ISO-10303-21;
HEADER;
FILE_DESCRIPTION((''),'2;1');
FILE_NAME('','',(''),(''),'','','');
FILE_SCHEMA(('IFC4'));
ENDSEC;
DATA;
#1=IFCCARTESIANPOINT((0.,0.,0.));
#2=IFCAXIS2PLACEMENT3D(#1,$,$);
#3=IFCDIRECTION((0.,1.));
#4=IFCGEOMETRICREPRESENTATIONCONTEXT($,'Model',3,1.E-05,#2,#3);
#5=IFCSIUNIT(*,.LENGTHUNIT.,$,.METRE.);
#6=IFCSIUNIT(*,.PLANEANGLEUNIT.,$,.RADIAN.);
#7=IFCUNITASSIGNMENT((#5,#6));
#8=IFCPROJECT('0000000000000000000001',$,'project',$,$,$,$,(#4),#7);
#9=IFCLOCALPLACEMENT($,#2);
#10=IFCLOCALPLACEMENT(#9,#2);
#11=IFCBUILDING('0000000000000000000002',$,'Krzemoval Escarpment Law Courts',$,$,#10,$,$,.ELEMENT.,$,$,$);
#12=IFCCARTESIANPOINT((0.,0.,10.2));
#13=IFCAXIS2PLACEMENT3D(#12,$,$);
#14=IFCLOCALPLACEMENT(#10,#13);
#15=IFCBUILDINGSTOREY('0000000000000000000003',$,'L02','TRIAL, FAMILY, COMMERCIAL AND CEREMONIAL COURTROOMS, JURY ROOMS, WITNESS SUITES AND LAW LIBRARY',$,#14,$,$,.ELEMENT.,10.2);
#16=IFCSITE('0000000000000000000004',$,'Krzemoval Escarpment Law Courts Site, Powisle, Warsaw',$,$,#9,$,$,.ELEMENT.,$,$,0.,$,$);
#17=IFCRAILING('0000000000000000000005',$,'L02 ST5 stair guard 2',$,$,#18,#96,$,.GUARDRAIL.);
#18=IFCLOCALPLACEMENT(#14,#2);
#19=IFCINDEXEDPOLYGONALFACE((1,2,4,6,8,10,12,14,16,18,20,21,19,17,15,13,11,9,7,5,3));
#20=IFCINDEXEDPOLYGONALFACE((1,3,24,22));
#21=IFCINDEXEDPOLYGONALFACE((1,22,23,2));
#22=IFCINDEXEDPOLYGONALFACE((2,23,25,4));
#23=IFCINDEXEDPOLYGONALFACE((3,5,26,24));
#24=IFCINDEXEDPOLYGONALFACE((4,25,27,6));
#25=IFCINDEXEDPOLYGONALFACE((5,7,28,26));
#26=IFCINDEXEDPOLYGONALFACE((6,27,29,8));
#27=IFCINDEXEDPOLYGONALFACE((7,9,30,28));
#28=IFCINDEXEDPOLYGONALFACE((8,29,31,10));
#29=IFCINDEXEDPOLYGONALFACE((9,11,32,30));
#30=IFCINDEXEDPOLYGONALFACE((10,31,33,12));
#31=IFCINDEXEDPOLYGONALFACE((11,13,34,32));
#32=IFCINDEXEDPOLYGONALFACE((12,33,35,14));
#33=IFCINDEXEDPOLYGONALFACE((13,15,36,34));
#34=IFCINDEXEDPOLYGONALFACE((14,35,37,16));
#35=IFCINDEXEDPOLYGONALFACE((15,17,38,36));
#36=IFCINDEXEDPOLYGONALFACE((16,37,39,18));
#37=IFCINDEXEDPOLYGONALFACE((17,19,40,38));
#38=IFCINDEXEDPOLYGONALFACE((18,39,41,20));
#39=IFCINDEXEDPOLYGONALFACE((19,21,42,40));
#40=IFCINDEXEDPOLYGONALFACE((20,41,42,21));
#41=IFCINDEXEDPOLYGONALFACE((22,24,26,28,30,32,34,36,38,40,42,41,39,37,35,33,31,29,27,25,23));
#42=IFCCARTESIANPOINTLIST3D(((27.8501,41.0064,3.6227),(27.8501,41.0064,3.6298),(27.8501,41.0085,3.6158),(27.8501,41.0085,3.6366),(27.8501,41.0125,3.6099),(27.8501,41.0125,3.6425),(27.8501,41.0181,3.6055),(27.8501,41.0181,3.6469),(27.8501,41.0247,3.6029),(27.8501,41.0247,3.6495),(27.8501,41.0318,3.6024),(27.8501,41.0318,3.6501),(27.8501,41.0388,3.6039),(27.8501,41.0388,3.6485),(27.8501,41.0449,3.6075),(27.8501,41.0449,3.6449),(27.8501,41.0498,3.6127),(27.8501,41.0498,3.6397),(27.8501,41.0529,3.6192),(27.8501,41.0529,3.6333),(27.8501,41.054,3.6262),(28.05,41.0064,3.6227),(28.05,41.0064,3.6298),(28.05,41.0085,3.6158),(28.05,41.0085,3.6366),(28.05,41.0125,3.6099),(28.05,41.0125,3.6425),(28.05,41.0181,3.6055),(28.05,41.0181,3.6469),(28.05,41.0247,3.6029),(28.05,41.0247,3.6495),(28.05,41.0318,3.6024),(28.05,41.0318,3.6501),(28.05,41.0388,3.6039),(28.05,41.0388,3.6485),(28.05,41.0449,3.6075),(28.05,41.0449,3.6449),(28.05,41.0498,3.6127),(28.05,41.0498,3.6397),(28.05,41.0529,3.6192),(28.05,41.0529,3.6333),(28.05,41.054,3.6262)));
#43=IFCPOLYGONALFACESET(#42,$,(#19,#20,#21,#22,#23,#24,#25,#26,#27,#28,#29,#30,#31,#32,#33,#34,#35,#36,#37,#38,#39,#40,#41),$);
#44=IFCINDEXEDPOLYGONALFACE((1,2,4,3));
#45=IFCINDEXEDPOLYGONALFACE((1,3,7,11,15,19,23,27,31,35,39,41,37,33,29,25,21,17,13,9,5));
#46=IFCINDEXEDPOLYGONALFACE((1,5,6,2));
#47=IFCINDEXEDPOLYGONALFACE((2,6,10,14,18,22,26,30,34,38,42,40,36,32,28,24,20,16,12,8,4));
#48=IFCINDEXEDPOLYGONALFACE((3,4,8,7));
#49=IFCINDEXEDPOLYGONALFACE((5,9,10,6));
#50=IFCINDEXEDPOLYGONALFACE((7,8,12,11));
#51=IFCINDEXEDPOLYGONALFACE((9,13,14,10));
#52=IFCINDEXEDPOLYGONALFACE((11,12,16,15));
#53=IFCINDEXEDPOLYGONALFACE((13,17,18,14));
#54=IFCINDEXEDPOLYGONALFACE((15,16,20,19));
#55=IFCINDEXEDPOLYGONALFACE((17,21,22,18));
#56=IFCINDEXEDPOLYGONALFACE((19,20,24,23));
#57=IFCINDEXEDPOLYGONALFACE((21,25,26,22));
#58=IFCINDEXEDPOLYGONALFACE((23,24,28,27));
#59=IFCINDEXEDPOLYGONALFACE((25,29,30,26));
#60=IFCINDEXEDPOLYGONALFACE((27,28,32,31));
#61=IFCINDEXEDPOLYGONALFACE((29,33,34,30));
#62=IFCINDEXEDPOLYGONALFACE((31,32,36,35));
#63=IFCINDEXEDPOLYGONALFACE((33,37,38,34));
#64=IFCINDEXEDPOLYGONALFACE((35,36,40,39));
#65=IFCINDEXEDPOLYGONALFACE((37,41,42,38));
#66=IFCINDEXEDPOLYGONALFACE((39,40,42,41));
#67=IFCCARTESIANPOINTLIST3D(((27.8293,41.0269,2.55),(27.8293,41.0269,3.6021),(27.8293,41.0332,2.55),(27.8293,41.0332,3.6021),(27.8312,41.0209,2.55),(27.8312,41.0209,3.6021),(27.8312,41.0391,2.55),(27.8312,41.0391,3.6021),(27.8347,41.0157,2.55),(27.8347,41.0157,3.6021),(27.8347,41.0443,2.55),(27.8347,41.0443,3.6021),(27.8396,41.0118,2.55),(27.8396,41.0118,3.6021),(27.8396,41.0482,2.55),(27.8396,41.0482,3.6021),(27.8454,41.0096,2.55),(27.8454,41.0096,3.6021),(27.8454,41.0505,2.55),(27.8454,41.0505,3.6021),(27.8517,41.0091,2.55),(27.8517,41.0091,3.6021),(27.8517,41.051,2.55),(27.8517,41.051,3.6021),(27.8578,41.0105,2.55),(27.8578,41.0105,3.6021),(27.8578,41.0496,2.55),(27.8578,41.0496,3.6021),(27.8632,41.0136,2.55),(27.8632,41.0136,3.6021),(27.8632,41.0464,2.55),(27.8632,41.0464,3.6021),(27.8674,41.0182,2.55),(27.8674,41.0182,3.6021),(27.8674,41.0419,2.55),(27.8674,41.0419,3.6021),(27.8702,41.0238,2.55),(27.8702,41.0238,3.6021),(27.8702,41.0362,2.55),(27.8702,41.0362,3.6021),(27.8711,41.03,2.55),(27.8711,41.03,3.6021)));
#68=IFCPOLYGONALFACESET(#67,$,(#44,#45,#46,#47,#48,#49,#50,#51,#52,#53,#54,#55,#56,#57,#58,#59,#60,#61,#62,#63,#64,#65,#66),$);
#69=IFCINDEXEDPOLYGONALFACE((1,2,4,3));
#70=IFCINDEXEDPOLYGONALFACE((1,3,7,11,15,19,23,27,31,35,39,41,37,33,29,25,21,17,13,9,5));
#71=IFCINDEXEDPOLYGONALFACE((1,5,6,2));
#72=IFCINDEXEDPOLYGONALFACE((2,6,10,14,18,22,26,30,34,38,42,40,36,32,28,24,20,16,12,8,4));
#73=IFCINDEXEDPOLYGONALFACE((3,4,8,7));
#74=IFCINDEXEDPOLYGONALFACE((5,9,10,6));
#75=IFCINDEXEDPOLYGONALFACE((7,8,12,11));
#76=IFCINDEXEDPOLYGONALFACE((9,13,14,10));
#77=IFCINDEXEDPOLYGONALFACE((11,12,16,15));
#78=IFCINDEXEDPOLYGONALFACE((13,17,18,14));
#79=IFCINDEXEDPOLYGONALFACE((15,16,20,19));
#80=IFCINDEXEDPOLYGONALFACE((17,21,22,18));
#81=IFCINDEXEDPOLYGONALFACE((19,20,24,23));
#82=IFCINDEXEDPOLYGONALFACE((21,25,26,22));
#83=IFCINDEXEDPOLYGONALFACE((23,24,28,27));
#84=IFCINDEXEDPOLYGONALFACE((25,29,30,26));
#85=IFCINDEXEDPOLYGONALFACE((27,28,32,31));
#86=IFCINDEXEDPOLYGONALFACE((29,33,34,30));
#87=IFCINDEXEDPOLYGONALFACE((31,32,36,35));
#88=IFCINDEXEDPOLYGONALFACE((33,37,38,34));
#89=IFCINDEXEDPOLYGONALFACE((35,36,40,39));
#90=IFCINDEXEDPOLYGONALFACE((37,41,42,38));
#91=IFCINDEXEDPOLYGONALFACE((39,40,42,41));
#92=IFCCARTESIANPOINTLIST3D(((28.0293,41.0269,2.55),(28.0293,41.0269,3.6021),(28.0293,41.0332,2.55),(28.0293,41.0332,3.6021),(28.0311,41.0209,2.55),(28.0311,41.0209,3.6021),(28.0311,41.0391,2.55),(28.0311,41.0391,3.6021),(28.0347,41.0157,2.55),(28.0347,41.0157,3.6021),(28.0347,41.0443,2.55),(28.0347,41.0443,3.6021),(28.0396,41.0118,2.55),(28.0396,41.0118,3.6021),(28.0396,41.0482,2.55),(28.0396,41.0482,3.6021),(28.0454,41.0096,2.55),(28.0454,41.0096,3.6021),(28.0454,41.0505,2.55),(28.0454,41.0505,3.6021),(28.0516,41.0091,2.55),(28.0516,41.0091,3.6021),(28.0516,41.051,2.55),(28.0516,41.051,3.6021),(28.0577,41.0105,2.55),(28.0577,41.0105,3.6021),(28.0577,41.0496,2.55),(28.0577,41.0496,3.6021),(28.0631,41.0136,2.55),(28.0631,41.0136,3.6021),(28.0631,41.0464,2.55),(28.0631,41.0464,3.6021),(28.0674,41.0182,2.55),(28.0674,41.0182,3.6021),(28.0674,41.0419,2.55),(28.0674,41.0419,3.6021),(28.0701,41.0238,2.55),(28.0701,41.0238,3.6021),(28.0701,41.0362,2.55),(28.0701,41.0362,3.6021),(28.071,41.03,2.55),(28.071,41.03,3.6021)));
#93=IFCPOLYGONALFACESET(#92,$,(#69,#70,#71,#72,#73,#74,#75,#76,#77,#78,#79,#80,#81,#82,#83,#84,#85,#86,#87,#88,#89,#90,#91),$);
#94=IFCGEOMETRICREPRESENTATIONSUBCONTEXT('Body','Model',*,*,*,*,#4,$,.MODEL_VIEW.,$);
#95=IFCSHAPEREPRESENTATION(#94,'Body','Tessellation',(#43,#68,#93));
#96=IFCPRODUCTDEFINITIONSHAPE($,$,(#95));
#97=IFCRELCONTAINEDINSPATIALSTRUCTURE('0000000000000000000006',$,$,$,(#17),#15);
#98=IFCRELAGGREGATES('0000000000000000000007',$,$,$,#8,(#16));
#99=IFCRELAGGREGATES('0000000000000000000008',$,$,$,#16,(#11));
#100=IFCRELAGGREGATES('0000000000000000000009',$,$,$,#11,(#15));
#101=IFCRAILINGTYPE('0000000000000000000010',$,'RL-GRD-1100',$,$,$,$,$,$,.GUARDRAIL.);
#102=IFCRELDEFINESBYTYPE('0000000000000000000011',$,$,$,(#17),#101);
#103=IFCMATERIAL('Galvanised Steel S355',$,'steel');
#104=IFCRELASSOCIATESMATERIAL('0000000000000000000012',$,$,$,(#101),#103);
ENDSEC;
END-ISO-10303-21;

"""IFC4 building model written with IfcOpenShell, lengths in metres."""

from ifc_helpers import new_model, si_unit, direction, frame, origin, origin_2d, place, context, subcontext, project, spatial, circle, extrude, material, type_object, element, save


model = new_model("IFC4")

# Units and contexts
model_context = context("Model", 3, precision=1e-05, world=origin(), true_north=direction((0.0, 1.0)))
body_context = subcontext(model_context, "Body", "Model", "MODEL_VIEW")
ifc_project = project(units=[si_unit("LENGTHUNIT", "METRE"), si_unit("PLANEANGLEUNIT", "RADIAN")], contexts=[model_context])

# Site, building, storey
site_placement = place(None, origin())
site = spatial("IfcSite", under=ifc_project, at=site_placement, Name="Krzemoval Escarpment Law Courts Site, Powisle, Warsaw", CompositionType="ELEMENT", RefElevation=0.0)
building_placement = place(site_placement, origin())
building = spatial("IfcBuilding", under=site, at=building_placement, Name="Krzemoval Escarpment Law Courts", CompositionType="ELEMENT")
storey_placement = place(building_placement, frame((0.0, 0.0, 10.2)))
storey = spatial("IfcBuildingStorey", under=building, at=storey_placement, Name="L02", Description="TRIAL, FAMILY, COMMERCIAL AND CEREMONIAL COURTROOMS, JURY ROOMS, WITNESS SUITES AND LAW LIBRARY", CompositionType="ELEMENT", Elevation=10.2)

# Railing
ifc_material_1 = material(Name="Galvanised Steel S355", Category="steel")
railing_type_1 = type_object("IfcRailingType", Name="RL-GRD-1100", PredefinedType="GUARDRAIL", material=ifc_material_1)
railing_1_placement = place(storey_placement, frame((27.8501, 41.03, 2.55)))
element("IfcRailing", 1, at=railing_1_placement, inside=storey, type_object=railing_type_1, Name="L02 ST5 stair guard 2", PredefinedType="GUARDRAIL", context=body_context, shape_type="SweptSolid", body=[
    extrude(circle(Radius=0.0239, at=origin_2d()), frame((0.0, 0.0, 1.0762), z_axis=(1.0, 0.0, 0.0), x_axis=(0.0, 1.0, 0.0)), (0.0, 0.0, 1.0), 0.2),
    extrude(circle(Radius=0.021, at=origin_2d()), origin(), (0.0, 0.0, 1.0), 1.052),
    extrude(circle(Radius=0.021, at=origin_2d()), frame((0.2, 0.0, 0.0)), (0.0, 0.0, 1.0), 1.052),
])

save(model, "model.ifc")
